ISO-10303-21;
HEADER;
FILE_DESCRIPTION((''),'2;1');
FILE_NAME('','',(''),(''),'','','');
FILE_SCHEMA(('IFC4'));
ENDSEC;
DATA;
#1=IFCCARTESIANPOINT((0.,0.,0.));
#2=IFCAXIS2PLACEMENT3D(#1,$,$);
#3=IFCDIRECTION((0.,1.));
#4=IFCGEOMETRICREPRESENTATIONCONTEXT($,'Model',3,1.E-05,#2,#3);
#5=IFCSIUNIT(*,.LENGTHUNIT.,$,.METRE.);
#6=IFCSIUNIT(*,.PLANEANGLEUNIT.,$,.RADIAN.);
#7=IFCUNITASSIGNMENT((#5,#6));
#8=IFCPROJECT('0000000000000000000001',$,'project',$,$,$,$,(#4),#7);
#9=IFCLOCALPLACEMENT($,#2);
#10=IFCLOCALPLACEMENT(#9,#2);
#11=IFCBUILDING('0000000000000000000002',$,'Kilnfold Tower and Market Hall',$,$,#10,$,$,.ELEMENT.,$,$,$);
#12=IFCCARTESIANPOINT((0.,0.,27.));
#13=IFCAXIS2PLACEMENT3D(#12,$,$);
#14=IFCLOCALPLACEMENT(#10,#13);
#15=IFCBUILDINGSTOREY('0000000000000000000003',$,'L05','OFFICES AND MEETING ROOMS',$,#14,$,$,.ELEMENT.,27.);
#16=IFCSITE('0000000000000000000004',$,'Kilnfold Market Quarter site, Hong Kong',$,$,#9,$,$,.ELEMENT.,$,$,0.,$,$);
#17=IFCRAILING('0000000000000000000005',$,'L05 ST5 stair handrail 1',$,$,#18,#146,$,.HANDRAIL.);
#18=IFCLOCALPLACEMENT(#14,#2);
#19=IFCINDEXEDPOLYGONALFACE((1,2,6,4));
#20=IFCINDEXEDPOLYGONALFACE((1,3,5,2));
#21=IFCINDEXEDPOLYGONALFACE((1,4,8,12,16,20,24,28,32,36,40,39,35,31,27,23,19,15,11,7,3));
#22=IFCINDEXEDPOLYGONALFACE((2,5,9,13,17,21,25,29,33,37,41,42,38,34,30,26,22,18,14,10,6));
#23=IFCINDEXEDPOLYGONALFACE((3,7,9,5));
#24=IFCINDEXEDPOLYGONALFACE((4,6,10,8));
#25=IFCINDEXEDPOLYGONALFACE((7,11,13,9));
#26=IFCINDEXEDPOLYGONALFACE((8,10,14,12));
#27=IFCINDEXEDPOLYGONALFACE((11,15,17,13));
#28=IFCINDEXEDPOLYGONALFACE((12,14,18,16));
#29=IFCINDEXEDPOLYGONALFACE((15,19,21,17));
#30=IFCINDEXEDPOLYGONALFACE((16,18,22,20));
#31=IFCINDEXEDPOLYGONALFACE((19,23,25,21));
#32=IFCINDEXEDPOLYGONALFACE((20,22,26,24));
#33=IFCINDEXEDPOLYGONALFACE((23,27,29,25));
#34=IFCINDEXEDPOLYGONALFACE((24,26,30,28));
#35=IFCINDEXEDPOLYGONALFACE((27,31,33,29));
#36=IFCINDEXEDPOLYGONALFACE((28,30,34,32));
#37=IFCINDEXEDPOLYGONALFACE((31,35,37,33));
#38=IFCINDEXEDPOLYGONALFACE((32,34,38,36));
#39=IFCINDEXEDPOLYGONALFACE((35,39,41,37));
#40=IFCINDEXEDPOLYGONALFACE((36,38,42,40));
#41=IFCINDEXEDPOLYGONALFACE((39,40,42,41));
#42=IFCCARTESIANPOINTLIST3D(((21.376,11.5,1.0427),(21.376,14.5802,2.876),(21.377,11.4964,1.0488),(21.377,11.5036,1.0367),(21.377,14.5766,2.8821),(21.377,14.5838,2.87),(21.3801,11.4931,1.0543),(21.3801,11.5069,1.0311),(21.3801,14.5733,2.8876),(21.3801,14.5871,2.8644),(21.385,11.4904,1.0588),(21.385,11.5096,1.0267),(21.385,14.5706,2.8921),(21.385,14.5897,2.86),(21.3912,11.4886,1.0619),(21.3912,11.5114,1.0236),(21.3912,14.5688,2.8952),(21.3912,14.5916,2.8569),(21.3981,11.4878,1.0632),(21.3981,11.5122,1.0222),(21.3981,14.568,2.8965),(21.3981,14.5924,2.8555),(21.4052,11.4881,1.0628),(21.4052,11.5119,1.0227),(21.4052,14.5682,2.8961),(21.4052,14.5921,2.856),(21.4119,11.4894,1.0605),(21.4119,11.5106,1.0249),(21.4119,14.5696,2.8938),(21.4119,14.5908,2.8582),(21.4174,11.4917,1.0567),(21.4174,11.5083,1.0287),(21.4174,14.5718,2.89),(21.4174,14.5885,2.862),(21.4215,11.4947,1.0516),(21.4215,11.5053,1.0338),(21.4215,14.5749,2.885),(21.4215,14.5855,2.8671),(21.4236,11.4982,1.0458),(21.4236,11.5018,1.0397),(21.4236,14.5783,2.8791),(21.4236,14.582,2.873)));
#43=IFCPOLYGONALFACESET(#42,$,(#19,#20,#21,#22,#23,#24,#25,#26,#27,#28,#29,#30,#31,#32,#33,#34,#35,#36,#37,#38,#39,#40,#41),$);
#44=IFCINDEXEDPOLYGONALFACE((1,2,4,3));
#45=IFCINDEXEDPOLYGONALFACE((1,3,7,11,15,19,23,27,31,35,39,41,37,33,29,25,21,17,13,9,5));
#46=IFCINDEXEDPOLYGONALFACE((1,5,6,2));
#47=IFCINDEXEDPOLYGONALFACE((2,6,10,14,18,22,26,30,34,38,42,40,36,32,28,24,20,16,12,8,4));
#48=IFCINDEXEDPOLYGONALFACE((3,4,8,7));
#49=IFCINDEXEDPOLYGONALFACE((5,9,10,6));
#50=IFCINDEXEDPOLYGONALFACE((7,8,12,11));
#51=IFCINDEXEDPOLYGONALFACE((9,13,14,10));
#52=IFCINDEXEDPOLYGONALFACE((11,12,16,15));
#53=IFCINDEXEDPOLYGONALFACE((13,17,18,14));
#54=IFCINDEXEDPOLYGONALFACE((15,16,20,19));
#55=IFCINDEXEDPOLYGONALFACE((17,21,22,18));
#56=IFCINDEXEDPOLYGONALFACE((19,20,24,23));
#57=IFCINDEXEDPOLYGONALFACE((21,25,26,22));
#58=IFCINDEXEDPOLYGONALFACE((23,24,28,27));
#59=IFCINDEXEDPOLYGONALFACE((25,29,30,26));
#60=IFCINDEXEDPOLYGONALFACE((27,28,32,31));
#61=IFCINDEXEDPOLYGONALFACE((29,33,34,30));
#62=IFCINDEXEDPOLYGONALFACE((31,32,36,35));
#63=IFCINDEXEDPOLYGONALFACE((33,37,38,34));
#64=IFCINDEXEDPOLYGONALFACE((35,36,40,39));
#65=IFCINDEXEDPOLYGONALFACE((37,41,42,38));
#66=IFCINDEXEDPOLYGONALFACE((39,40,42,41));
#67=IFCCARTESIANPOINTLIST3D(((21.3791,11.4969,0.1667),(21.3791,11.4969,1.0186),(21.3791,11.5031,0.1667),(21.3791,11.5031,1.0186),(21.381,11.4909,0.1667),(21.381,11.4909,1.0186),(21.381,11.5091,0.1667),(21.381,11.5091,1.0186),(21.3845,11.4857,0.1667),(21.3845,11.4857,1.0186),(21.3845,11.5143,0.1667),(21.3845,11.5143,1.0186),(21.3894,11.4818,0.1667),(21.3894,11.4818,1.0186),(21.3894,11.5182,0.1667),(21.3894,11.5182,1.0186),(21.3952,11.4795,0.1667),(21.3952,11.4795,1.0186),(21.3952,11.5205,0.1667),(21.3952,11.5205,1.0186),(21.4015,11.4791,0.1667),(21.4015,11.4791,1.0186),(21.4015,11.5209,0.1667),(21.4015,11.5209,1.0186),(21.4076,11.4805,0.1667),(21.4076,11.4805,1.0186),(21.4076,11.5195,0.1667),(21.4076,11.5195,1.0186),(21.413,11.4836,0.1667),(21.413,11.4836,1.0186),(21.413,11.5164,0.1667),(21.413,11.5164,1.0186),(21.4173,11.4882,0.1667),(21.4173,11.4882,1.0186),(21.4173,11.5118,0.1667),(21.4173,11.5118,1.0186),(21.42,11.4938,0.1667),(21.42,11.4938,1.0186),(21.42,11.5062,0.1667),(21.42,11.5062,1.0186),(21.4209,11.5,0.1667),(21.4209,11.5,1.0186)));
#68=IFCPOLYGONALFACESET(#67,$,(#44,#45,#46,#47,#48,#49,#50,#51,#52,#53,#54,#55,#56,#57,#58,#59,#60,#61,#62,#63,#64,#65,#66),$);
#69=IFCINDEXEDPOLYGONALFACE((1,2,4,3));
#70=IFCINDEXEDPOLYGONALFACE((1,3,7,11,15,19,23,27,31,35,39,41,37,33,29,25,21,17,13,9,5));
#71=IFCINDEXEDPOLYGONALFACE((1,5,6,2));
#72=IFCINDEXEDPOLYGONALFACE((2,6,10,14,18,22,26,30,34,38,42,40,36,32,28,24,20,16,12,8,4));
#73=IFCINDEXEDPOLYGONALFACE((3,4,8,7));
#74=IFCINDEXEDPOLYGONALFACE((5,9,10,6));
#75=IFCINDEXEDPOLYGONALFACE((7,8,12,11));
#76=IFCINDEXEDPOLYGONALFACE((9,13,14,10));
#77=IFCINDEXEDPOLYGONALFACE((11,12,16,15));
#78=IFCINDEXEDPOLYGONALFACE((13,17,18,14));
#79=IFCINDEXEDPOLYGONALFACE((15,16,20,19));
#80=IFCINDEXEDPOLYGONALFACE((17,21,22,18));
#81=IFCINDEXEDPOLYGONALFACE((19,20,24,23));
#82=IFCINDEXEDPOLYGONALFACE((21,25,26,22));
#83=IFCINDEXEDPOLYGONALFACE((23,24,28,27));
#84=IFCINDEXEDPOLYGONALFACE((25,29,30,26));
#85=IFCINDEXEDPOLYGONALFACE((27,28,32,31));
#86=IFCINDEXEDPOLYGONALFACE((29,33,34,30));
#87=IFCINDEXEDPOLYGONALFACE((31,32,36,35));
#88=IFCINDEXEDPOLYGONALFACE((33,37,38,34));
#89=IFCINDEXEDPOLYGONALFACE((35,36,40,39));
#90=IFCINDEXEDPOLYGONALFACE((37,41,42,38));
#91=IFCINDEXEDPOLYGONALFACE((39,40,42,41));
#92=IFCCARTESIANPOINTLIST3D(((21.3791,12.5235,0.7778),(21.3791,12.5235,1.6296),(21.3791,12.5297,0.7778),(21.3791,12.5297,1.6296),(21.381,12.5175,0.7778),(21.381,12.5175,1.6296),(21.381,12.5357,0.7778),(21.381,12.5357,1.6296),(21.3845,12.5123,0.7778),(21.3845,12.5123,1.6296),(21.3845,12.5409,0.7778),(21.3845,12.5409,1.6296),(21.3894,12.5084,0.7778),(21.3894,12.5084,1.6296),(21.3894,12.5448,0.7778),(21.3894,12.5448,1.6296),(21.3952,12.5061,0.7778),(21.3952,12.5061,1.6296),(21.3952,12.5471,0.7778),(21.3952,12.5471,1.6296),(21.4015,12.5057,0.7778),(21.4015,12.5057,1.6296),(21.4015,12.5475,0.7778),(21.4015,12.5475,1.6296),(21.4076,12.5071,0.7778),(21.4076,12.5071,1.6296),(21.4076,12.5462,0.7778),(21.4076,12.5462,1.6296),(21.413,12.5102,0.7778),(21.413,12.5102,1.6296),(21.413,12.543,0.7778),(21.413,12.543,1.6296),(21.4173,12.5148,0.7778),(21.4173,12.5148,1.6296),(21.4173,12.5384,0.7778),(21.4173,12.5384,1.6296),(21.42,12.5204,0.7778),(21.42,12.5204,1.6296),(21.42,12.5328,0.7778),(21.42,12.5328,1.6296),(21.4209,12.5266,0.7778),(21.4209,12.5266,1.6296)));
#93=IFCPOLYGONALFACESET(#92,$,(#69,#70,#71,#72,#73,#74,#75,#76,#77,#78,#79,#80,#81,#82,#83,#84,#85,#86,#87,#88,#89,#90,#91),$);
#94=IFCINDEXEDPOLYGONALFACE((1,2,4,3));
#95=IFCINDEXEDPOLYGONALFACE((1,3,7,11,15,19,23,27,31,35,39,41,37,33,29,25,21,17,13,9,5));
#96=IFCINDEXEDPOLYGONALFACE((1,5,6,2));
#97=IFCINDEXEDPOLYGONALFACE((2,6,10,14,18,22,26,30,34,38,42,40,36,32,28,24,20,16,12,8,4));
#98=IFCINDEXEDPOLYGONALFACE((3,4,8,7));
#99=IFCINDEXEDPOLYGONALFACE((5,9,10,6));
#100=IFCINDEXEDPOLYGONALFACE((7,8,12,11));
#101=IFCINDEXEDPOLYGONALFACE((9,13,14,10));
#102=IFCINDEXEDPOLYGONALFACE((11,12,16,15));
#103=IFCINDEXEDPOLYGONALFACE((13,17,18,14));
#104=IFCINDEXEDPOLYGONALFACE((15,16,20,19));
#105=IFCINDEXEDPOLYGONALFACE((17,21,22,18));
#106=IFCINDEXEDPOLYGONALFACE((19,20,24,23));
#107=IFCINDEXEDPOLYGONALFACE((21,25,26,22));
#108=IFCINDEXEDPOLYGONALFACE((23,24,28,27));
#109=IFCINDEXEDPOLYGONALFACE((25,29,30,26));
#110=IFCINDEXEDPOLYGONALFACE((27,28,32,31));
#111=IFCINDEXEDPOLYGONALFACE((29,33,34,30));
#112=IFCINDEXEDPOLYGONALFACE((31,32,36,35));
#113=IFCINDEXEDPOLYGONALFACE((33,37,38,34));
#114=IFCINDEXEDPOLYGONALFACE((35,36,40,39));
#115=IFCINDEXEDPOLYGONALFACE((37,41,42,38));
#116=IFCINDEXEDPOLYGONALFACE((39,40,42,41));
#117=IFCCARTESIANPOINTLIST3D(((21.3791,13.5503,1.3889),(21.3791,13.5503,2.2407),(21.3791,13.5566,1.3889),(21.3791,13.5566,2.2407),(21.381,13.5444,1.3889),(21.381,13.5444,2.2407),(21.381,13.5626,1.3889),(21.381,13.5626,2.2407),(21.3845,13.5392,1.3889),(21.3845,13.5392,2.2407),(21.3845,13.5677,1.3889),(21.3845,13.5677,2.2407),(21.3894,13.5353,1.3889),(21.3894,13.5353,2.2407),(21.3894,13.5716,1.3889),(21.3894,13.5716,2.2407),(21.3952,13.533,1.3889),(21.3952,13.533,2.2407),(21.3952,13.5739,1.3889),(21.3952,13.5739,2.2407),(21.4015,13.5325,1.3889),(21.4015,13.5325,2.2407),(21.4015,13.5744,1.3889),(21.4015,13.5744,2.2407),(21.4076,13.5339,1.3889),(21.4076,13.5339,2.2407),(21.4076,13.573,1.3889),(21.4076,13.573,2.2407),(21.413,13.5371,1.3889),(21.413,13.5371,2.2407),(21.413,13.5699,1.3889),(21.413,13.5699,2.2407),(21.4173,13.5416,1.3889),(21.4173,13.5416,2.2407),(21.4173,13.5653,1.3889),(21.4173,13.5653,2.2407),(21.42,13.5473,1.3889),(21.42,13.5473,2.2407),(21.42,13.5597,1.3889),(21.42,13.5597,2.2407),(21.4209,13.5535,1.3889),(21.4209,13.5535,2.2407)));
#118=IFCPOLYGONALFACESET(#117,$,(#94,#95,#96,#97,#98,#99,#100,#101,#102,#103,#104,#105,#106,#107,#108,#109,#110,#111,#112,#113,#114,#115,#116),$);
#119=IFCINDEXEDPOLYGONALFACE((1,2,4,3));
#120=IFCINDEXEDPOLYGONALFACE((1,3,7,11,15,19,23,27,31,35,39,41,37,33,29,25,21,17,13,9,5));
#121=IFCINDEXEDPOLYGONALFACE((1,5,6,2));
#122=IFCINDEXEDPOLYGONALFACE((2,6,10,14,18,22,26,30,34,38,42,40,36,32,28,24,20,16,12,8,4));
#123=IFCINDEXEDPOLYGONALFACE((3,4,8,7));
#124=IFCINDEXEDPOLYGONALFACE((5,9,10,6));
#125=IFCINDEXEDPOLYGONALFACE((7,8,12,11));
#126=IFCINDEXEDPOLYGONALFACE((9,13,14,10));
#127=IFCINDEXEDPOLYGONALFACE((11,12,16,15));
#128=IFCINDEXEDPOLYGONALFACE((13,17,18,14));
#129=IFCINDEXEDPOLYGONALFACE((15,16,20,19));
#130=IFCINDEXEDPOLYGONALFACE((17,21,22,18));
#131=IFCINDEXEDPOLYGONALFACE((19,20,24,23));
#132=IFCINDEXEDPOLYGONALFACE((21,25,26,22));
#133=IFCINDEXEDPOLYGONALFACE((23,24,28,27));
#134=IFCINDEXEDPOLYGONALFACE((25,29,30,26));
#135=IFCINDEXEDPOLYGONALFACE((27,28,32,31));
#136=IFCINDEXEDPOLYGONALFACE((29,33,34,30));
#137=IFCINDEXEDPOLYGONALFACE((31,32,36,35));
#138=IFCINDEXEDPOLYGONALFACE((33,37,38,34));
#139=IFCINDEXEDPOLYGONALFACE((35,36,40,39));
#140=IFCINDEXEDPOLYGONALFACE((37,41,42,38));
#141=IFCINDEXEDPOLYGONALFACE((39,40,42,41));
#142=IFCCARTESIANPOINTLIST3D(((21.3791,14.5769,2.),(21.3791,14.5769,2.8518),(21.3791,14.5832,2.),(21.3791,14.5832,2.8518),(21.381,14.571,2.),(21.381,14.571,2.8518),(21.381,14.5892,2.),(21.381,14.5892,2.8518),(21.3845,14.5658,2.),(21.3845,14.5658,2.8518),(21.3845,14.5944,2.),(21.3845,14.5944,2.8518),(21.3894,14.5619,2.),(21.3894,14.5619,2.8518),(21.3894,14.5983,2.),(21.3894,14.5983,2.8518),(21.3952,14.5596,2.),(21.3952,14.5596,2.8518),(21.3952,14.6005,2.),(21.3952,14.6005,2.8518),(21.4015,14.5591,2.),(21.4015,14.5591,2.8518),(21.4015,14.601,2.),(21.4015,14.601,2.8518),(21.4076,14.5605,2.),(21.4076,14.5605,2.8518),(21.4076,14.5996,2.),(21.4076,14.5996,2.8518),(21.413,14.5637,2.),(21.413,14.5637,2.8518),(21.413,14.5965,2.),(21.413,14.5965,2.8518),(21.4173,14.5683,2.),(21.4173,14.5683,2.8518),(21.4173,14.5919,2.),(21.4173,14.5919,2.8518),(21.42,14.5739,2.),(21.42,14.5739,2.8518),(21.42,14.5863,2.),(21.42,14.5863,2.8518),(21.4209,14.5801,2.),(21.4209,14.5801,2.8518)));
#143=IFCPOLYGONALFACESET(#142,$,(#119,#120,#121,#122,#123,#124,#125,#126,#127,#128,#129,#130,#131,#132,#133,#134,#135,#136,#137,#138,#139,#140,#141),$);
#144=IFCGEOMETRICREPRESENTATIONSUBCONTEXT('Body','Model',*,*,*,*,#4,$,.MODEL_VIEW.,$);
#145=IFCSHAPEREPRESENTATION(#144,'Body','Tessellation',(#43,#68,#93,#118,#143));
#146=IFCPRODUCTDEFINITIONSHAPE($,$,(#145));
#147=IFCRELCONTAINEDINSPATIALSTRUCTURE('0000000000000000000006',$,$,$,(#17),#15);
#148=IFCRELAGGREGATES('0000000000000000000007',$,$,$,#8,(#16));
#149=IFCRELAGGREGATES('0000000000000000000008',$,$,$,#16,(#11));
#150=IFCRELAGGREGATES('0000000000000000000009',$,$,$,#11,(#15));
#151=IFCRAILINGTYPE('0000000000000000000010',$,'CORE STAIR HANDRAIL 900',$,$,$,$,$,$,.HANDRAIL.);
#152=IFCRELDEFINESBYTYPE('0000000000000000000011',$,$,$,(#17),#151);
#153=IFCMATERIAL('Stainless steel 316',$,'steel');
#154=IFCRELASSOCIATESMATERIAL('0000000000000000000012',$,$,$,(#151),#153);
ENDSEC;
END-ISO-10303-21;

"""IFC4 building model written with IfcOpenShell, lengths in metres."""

from ifc_helpers import new_model, si_unit, direction, frame, origin, origin_2d, place, context, subcontext, project, spatial, circle, extrude, material, type_object, element, save


model = new_model("IFC4")

# Units and contexts
model_context = context("Model", 3, precision=1e-05, world=origin(), true_north=direction((0.0, 1.0)))
body_context = subcontext(model_context, "Body", "Model", "MODEL_VIEW")
ifc_project = project(units=[si_unit("LENGTHUNIT", "METRE"), si_unit("PLANEANGLEUNIT", "RADIAN")], contexts=[model_context])

# Site, building, storey
site_placement = place(None, origin())
site = spatial("IfcSite", under=ifc_project, at=site_placement, Name="Kilnfold Market Quarter site, Hong Kong", CompositionType="ELEMENT", RefElevation=0.0)
building_placement = place(site_placement, origin())
building = spatial("IfcBuilding", under=site, at=building_placement, Name="Kilnfold Tower and Market Hall", CompositionType="ELEMENT")
storey_placement = place(building_placement, frame((0.0, 0.0, 27.0)))
storey = spatial("IfcBuildingStorey", under=building, at=storey_placement, Name="L05", Description="OFFICES AND MEETING ROOMS", CompositionType="ELEMENT", Elevation=27.0)

# Railing
ifc_material_1 = material(Name="Stainless steel 316", Category="steel")
railing_type_1 = type_object("IfcRailingType", Name="CORE STAIR HANDRAIL 900", PredefinedType="HANDRAIL", material=ifc_material_1)
railing_1_placement = place(storey_placement, frame((21.3999, 11.5, 0.1667)))
element("IfcRailing", 1, at=railing_1_placement, inside=storey, type_object=railing_type_1, Name="L05 ST5 stair handrail 1", PredefinedType="HANDRAIL", context=body_context, shape_type="SweptSolid", body=[
    extrude(circle(Radius=0.0239, at=origin_2d()), frame((0.0, 0.0, 0.876), z_axis=(0.0, 0.859309, 0.511458), x_axis=(-1.0, 0.0, 0.0)), (0.0, 0.0, 1.0), 3.5845),
    extrude(circle(Radius=0.021, at=origin_2d()), origin(), (0.0, 0.0, 1.0), 0.8518),
    extrude(circle(Radius=0.021, at=origin_2d()), frame((0.0, 1.0266, 0.6111)), (0.0, 0.0, 1.0), 0.8518),
    extrude(circle(Radius=0.021, at=origin_2d()), frame((0.0, 2.0535, 1.2222)), (0.0, 0.0, 1.0), 0.8518),
    extrude(circle(Radius=0.021, at=origin_2d()), frame((0.0, 3.0801, 1.8333)), (0.0, 0.0, 1.0), 0.8518),
])

save(model, "model.ifc")
